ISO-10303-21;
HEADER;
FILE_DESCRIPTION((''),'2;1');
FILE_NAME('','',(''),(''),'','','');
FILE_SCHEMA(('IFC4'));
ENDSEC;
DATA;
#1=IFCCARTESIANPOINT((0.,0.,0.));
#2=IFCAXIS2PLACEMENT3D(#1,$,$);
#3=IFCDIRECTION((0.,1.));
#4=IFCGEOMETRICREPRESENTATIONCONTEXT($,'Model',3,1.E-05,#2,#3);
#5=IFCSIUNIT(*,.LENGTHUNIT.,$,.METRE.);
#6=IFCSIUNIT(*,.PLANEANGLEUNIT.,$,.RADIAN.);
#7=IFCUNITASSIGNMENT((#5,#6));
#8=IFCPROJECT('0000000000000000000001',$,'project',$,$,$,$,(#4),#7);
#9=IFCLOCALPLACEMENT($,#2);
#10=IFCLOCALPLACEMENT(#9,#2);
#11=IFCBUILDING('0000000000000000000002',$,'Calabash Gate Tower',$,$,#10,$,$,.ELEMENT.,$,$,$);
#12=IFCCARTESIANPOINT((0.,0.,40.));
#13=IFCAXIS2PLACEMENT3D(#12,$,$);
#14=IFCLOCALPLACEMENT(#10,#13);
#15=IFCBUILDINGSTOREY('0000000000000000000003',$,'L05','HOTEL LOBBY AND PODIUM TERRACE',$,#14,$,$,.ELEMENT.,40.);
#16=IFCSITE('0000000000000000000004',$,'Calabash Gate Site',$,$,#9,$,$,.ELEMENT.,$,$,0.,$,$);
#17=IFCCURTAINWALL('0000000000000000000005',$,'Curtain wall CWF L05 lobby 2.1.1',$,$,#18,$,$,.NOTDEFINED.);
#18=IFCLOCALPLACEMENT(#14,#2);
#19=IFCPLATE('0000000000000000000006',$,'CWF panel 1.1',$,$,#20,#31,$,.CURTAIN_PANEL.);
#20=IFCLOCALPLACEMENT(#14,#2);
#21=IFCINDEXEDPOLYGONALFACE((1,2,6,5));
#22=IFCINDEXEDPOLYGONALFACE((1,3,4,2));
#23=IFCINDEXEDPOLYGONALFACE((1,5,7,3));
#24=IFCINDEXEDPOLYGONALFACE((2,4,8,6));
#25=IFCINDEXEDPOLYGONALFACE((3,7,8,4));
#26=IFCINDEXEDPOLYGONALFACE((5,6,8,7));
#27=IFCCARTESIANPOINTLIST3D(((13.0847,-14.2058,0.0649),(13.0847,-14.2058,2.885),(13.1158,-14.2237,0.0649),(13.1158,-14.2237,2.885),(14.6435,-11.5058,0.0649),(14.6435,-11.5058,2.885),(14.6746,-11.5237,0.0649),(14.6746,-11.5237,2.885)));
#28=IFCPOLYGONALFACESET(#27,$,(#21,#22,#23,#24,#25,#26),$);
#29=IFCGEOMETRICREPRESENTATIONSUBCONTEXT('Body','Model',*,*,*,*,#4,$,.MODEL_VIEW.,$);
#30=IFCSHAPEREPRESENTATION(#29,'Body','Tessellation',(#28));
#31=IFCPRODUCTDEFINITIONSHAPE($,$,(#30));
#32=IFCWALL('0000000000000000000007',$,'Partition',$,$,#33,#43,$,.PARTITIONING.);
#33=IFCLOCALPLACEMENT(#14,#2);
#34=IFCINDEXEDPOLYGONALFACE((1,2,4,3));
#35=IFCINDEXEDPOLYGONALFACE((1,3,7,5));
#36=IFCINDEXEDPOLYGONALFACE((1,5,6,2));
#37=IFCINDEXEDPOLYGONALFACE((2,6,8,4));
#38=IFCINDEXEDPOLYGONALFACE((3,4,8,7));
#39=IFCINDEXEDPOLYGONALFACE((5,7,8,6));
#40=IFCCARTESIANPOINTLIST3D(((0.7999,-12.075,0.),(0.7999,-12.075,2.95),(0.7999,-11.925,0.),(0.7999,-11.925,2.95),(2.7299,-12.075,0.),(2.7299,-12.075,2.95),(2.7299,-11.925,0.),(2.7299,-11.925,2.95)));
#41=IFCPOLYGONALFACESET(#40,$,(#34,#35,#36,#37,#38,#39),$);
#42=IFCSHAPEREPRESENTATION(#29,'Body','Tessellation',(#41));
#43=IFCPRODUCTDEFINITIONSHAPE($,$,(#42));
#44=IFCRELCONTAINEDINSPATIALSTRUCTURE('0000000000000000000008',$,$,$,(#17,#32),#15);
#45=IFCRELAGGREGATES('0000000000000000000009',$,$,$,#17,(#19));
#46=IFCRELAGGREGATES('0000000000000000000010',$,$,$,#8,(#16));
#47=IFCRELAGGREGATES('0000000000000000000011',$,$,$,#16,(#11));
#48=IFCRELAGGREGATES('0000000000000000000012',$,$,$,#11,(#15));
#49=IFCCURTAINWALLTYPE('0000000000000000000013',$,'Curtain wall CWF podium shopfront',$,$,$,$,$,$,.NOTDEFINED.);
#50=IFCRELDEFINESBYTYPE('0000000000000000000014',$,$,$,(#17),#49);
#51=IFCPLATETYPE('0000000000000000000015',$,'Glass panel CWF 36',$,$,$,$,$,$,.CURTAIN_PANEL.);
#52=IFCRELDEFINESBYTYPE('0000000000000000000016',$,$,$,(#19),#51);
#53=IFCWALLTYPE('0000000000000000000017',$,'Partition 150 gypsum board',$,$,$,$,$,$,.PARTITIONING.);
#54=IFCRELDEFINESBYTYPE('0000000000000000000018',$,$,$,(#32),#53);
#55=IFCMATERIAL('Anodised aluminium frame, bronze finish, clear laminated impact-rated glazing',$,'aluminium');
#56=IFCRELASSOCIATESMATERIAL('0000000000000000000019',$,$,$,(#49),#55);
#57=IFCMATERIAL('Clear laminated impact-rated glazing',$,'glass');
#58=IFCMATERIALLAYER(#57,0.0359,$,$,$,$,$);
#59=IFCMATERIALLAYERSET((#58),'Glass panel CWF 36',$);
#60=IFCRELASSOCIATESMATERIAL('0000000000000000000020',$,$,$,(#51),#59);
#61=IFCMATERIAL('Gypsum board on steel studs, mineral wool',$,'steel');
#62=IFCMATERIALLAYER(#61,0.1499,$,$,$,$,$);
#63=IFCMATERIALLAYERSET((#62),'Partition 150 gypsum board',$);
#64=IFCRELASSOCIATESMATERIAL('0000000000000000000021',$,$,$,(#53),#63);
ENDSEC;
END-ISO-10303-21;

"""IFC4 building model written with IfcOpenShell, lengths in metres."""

from ifc_helpers import new_model, si_unit, direction, frame, frame_2d, origin, origin_2d, place, context, subcontext, project, spatial, rectangle, extrude, material, layer, layer_set, type_object, element, aggregate, save


model = new_model("IFC4")

# Units and contexts
model_context = context("Model", 3, precision=1e-05, world=origin(), true_north=direction((0.0, 1.0)))
body_context = subcontext(model_context, "Body", "Model", "MODEL_VIEW")
ifc_project = project(units=[si_unit("LENGTHUNIT", "METRE"), si_unit("PLANEANGLEUNIT", "RADIAN")], contexts=[model_context])

# Site, building, storey
site_placement = place(None, origin())
site = spatial("IfcSite", under=ifc_project, at=site_placement, Name="Calabash Gate Site", CompositionType="ELEMENT", RefElevation=0.0)
building_placement = place(site_placement, origin())
building = spatial("IfcBuilding", under=site, at=building_placement, Name="Calabash Gate Tower", CompositionType="ELEMENT")
storey_placement = place(building_placement, frame((0.0, 0.0, 40.0)))
storey = spatial("IfcBuildingStorey", under=building, at=storey_placement, Name="L05", Description="HOTEL LOBBY AND PODIUM TERRACE", CompositionType="ELEMENT", Elevation=40.0)

# Curtain wall
ifc_material_1 = material(Name="Anodised aluminium frame, bronze finish, clear laminated impact-rated glazing", Category="aluminium")
curtain_wall_type = type_object("IfcCurtainWallType", Name="Curtain wall CWF podium shopfront", PredefinedType="NOTDEFINED", material=ifc_material_1)
curtain_wall_1_placement = place(storey_placement, origin())
curtain_wall_1 = element("IfcCurtainWall", 1, at=curtain_wall_1_placement, inside=storey, type_object=curtain_wall_type, Name="Curtain wall CWF L05 lobby 2.1.1", PredefinedType="NOTDEFINED")

# Plate
ifc_material_2 = material(Name="Clear laminated impact-rated glazing", Category="glass")
ifc_layer_1 = layer(ifc_material_2, 0.0359)
ifc_layer_set_1 = layer_set([ifc_layer_1], Name="Glass panel CWF 36")
plate_type = type_object("IfcPlateType", Name="Glass panel CWF 36", PredefinedType="CURTAIN_PANEL", material=ifc_layer_set_1)
plate_1_placement = place(storey_placement, frame((13.8796, -12.8647, 0.0649), z_axis=(0.0, 0.0, 1.0), x_axis=(0.5, 0.866025, 0.0)))
plate_1 = element("IfcPlate", 2, at=plate_1_placement, type_object=plate_type, Name="CWF panel 1.1", PredefinedType="CURTAIN_PANEL", context=body_context, shape_type="SweptSolid", body=[
    extrude(rectangle(XDim=3.1177, YDim=0.0359, at=origin_2d()), origin(), (0.0, 0.0, 1.0), 2.8201),
])
aggregate(curtain_wall_1, [plate_1])

# Wall
ifc_material_3 = material(Name="Gypsum board on steel studs, mineral wool", Category="steel")
ifc_layer_2 = layer(ifc_material_3, 0.1499)
ifc_layer_set_2 = layer_set([ifc_layer_2], Name="Partition 150 gypsum board")
wall_type = type_object("IfcWallType", Name="Partition 150 gypsum board", PredefinedType="PARTITIONING", material=ifc_layer_set_2)
wall_placement = place(storey_placement, frame((0.8, -12.0, 0.0), z_axis=(0.0, 0.0, 1.0), x_axis=(1.0, 0.0, 0.0)))
element("IfcWall", 3, at=wall_placement, inside=storey, type_object=wall_type, Name="Partition", PredefinedType="PARTITIONING", context=body_context, shape_type="SweptSolid", body=[
    extrude(rectangle(XDim=1.9299, YDim=0.1499, at=frame_2d((0.9648, 0.0))), origin(), (0.0, 0.0, 1.0), 2.95),
])

save(model, "model.ifc")
